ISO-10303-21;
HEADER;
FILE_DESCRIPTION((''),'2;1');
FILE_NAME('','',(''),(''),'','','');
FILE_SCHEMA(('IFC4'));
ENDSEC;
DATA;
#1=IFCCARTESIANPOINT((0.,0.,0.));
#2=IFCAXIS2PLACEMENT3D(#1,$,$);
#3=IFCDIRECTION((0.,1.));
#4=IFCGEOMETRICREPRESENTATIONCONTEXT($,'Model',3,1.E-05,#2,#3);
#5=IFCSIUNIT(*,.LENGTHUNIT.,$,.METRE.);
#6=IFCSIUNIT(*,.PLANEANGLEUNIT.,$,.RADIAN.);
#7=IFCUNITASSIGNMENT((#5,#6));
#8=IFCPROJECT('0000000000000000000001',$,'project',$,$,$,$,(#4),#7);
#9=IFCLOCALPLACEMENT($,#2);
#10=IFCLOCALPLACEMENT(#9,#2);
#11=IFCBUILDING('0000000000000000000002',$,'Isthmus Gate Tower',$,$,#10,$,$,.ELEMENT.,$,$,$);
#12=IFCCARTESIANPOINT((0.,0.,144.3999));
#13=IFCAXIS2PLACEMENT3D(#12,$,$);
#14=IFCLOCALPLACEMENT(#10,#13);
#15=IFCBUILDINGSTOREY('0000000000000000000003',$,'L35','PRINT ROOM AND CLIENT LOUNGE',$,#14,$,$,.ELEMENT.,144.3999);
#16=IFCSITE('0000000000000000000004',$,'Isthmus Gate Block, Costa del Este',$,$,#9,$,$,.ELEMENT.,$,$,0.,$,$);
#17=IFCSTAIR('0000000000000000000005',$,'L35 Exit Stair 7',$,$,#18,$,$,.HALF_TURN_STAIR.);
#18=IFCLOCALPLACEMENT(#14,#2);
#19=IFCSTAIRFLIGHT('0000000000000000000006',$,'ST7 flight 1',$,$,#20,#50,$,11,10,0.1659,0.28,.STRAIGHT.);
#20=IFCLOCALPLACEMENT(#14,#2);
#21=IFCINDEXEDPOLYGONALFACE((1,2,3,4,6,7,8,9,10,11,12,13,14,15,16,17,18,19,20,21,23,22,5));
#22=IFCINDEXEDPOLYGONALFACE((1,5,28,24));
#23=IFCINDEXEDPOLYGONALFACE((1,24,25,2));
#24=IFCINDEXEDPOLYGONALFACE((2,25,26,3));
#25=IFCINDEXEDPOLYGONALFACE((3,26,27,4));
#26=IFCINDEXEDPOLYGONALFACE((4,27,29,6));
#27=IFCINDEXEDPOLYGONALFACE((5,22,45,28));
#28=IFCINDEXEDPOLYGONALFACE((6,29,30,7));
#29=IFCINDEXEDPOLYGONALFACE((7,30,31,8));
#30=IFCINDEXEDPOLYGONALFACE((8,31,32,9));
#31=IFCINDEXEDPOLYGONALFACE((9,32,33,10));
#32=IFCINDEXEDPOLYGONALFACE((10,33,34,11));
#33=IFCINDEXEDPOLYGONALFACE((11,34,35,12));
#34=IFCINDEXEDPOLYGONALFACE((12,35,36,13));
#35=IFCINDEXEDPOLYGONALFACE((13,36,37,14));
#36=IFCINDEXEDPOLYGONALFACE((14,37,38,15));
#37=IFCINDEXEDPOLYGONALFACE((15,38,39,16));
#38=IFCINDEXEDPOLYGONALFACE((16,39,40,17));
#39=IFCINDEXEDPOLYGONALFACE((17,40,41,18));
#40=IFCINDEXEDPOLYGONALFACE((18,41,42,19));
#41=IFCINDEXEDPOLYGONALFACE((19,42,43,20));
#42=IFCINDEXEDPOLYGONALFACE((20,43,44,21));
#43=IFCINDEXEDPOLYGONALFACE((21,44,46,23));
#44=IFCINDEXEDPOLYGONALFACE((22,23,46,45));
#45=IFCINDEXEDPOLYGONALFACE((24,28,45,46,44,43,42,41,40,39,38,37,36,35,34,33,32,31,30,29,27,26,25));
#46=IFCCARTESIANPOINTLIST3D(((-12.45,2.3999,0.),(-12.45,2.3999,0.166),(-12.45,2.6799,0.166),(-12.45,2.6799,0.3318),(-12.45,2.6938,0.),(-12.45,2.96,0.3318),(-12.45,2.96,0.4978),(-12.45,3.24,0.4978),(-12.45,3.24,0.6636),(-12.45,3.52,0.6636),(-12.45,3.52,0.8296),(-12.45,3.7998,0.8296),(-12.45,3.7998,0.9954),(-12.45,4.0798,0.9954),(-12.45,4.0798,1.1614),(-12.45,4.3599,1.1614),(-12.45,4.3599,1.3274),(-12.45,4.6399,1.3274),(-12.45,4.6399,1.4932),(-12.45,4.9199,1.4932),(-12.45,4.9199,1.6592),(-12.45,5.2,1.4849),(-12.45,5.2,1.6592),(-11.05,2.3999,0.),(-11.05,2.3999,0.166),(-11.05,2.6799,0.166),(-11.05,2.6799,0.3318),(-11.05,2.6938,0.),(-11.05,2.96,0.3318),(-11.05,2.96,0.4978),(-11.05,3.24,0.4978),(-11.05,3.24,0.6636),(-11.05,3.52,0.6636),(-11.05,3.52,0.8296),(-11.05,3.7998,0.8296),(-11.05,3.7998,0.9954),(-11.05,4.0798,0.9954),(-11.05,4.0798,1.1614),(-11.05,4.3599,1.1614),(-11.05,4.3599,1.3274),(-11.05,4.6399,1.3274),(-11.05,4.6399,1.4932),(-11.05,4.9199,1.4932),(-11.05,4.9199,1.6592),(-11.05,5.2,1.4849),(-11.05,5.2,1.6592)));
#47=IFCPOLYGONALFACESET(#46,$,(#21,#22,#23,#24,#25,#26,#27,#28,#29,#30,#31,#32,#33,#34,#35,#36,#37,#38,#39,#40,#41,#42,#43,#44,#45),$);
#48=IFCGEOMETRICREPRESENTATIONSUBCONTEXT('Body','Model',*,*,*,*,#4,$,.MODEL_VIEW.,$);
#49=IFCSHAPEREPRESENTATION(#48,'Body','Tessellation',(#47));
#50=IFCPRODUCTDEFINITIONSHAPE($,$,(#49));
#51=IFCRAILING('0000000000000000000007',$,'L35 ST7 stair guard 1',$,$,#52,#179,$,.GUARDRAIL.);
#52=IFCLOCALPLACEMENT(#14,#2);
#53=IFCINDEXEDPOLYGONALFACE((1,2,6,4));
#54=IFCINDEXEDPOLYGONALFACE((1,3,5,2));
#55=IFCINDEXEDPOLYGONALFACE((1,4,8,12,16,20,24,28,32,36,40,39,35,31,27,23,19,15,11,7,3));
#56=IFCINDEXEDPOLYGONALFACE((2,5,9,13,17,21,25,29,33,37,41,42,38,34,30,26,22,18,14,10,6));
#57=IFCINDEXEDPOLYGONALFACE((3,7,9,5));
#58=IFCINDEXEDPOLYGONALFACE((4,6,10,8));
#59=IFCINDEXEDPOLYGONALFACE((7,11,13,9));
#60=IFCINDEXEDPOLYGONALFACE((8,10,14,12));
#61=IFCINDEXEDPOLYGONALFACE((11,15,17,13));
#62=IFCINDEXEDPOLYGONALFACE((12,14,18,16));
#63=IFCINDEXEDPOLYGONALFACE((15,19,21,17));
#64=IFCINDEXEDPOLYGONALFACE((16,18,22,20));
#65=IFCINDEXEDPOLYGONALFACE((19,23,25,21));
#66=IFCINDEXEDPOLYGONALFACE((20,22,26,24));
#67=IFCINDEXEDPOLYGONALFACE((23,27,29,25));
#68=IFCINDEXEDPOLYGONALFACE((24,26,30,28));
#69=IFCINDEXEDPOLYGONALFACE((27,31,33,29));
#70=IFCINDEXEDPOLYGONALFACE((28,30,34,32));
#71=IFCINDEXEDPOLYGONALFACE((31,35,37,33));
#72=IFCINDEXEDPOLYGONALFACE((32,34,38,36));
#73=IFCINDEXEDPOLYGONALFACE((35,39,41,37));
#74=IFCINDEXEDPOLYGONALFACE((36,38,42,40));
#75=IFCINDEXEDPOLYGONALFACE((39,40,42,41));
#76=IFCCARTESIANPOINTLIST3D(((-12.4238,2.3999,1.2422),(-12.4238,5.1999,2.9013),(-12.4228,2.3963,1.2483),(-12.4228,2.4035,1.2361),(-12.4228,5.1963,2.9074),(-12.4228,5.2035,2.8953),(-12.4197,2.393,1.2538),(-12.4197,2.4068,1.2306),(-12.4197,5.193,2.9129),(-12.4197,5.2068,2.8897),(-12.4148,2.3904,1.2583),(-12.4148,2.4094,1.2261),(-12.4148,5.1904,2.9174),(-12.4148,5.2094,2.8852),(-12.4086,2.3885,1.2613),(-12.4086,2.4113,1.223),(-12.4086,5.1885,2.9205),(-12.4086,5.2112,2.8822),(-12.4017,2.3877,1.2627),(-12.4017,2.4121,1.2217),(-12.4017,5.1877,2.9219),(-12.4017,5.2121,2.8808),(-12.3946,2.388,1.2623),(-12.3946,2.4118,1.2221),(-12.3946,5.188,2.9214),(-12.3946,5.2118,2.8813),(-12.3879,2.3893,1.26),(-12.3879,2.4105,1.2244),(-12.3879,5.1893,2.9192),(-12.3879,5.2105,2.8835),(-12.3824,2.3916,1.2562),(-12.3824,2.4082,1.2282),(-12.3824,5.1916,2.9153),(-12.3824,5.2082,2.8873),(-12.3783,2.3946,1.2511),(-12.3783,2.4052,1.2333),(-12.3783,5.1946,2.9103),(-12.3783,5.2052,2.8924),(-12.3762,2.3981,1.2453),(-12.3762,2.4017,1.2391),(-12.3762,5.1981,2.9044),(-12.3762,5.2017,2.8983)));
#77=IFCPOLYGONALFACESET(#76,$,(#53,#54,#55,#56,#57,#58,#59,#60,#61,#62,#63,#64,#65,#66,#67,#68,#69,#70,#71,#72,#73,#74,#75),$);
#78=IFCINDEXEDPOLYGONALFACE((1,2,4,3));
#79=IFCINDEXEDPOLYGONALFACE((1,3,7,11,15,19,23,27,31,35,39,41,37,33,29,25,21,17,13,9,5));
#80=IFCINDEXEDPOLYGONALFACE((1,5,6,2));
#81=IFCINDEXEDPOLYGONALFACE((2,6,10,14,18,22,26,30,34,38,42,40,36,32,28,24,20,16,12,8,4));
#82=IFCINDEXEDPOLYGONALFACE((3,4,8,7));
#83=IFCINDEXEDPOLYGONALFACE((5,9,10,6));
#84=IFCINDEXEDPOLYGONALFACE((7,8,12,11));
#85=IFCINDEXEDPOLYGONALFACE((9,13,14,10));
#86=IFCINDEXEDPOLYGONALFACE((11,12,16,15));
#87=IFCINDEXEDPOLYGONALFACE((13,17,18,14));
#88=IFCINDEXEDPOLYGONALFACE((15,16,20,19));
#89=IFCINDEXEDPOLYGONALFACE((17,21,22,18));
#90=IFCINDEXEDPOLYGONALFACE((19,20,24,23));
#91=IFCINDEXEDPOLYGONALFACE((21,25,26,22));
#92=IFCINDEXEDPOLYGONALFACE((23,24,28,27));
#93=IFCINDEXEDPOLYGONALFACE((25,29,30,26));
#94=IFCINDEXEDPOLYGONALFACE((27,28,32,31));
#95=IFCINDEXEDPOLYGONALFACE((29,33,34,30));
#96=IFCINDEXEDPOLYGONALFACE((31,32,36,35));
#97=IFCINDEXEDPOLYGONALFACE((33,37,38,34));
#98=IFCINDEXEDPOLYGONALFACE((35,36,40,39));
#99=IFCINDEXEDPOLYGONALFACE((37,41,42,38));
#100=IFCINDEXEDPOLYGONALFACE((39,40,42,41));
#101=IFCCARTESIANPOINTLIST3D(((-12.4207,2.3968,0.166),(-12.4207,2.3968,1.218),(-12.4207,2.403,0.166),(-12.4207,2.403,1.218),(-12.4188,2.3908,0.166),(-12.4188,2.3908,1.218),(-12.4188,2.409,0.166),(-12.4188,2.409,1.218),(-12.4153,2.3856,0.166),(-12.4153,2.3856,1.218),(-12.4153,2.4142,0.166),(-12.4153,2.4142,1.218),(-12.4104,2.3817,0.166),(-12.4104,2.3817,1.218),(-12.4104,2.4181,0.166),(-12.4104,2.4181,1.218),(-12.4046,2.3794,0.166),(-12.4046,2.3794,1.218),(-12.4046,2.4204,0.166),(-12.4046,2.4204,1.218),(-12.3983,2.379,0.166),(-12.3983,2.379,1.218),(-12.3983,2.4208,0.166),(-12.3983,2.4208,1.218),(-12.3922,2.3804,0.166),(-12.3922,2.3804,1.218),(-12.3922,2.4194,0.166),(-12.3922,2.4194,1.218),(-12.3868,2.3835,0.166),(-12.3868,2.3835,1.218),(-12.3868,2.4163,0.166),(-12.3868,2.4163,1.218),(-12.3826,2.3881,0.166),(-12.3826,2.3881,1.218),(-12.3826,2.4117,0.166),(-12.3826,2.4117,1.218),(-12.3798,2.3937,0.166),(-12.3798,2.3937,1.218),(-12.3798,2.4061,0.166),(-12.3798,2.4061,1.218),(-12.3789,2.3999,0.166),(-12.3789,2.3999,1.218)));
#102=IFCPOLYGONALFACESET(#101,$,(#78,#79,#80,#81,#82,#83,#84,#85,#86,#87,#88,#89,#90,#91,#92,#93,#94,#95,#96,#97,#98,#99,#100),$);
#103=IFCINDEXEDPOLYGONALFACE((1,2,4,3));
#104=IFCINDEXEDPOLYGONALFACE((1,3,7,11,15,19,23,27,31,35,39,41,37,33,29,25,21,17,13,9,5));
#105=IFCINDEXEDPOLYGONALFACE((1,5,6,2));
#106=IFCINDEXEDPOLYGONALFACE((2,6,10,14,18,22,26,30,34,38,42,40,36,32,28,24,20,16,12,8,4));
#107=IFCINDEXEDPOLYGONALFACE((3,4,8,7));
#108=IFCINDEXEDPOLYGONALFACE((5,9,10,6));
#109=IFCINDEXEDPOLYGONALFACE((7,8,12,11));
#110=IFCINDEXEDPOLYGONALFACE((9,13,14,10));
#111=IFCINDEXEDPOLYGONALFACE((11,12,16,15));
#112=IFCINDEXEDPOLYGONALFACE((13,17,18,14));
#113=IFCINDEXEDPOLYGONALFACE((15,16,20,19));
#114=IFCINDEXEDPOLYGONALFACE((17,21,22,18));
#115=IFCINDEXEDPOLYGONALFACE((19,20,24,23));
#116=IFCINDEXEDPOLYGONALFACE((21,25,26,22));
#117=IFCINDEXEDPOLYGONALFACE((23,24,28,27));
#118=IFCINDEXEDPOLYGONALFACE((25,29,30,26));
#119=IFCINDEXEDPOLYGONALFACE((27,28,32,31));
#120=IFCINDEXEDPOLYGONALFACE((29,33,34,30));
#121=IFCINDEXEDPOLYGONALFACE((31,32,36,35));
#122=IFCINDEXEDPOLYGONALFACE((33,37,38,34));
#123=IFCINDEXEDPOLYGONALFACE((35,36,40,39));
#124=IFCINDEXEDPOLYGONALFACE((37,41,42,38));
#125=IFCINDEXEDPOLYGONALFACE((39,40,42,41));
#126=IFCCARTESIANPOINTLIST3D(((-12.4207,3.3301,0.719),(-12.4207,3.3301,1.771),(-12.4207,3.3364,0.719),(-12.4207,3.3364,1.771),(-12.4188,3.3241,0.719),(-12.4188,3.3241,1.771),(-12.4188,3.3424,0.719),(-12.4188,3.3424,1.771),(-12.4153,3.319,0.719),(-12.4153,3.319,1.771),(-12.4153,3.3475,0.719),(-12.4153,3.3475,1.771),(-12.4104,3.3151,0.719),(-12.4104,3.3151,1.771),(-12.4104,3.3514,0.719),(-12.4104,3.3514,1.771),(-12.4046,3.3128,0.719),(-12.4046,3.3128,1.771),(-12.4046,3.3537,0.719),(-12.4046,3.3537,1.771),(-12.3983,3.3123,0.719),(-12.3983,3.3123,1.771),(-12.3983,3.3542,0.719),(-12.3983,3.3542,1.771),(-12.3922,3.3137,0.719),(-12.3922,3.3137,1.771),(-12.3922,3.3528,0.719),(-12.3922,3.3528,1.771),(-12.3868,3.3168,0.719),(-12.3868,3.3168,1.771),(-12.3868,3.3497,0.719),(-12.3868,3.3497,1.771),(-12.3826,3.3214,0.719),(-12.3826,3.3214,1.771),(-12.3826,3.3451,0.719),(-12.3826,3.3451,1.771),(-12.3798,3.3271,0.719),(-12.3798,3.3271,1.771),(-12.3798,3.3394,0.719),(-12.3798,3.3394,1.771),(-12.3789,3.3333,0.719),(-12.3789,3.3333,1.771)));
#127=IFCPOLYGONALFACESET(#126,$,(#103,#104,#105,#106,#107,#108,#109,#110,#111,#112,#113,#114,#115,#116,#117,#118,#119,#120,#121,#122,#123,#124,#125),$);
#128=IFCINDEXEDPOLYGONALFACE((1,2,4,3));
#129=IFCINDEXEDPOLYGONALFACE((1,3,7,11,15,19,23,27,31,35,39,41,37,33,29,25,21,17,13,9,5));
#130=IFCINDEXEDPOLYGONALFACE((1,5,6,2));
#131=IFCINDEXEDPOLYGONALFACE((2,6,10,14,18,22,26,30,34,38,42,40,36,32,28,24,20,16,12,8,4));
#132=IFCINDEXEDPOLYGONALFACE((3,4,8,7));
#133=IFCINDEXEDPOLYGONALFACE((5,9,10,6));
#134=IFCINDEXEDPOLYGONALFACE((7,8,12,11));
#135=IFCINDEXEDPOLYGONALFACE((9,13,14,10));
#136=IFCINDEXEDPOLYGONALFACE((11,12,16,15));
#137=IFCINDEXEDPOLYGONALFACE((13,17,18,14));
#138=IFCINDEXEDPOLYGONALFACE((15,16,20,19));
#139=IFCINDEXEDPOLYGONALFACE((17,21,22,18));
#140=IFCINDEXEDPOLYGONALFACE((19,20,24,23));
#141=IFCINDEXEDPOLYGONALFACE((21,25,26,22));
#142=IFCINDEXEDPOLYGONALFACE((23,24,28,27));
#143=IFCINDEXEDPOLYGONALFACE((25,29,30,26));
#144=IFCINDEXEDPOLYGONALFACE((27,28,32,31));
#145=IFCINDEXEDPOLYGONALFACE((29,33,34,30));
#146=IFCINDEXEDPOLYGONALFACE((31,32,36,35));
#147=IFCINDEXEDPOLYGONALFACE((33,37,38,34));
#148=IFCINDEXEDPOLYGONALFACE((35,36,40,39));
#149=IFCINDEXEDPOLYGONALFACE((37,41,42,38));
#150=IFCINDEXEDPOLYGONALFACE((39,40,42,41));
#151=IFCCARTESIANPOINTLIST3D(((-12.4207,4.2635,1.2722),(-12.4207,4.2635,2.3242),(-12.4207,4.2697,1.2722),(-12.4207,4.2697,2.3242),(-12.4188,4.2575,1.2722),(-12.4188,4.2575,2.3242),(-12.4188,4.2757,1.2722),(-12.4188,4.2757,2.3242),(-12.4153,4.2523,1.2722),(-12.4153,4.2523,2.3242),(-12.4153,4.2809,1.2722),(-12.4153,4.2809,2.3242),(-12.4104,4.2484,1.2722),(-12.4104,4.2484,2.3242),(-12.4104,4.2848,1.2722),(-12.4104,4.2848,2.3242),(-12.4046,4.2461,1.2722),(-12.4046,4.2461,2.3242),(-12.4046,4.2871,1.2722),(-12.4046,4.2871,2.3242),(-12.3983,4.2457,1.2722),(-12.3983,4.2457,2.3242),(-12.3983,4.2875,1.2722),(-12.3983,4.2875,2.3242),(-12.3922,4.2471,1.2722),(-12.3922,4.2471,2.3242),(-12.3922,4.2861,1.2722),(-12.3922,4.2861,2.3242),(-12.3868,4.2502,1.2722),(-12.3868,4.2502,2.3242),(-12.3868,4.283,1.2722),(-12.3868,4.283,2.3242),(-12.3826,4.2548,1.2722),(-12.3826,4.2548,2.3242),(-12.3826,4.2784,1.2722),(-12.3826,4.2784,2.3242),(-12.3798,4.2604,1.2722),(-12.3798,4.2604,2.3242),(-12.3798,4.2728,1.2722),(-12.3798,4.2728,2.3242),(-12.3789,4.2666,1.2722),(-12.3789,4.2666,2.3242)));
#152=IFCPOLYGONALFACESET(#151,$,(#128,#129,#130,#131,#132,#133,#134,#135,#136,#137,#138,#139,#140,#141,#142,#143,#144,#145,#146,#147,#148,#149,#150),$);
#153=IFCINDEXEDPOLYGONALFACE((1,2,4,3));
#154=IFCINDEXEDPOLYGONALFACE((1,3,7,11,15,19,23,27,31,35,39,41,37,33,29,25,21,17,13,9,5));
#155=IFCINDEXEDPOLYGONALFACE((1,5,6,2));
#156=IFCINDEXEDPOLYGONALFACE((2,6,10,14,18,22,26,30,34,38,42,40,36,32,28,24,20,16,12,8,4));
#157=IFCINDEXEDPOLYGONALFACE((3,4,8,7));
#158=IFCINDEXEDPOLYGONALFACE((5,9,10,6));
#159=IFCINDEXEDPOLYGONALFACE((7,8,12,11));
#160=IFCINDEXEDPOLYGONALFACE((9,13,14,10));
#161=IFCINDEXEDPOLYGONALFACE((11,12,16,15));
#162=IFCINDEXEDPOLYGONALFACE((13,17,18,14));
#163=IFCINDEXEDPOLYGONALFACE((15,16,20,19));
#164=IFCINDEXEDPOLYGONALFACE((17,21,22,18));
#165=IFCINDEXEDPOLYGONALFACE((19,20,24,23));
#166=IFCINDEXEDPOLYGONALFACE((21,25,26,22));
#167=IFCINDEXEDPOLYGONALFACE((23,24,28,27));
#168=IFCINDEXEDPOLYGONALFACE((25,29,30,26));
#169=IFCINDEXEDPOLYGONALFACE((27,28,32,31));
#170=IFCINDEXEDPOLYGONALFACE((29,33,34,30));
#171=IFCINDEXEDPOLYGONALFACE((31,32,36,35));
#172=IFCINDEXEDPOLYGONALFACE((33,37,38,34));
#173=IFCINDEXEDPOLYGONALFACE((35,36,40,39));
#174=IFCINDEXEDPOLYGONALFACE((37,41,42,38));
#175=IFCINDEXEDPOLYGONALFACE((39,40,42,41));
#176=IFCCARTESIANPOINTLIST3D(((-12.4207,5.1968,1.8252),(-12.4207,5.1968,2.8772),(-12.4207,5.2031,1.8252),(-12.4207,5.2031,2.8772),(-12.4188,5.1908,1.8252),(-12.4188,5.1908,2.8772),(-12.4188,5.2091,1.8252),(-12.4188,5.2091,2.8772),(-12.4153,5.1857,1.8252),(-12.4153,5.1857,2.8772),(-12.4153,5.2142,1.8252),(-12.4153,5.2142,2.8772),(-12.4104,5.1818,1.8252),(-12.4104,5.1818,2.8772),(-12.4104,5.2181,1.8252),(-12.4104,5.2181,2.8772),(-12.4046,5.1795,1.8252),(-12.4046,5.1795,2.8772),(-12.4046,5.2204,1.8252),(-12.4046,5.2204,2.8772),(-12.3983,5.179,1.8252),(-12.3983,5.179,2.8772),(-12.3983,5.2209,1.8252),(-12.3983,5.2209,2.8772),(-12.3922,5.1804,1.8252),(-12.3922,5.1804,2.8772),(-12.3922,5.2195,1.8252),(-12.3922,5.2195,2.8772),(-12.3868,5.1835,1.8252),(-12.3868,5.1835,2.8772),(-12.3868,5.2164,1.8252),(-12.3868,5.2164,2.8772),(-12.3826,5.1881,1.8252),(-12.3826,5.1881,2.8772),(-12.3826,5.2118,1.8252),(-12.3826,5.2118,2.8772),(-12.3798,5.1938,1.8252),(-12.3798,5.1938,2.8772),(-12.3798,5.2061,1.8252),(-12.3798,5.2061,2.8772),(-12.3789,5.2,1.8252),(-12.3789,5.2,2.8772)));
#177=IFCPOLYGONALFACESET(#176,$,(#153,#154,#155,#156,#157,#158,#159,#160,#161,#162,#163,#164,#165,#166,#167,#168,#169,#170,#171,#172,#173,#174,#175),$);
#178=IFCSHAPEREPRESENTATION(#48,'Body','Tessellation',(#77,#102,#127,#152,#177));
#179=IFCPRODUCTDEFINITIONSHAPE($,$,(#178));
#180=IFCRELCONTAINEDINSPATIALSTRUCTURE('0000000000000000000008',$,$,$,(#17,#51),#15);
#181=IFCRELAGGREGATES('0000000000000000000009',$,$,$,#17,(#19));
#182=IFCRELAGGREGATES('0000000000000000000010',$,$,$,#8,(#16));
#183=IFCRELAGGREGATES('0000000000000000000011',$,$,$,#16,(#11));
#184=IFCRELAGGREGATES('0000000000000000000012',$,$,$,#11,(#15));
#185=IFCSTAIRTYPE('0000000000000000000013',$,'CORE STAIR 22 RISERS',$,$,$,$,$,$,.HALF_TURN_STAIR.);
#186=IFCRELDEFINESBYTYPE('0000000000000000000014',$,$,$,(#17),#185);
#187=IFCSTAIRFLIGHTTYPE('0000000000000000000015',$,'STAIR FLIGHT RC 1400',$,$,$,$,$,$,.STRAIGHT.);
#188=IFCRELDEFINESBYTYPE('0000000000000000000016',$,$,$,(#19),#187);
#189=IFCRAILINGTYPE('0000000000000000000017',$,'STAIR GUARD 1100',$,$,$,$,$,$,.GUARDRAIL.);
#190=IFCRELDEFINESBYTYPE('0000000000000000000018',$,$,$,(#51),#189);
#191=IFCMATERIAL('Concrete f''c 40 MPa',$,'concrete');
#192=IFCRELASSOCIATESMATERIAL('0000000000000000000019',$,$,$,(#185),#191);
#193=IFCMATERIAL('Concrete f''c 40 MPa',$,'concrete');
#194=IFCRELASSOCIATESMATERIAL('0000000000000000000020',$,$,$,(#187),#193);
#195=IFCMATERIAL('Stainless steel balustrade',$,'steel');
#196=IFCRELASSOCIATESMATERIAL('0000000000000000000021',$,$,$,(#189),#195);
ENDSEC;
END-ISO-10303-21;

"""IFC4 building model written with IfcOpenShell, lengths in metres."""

from ifc_helpers import new_model, si_unit, direction, frame, origin, origin_2d, place, context, subcontext, project, spatial, polyline, circle, outline, extrude, material, type_object, element, aggregate, save


model = new_model("IFC4")

# Units and contexts
model_context = context("Model", 3, precision=1e-05, world=origin(), true_north=direction((0.0, 1.0)))
body_context = subcontext(model_context, "Body", "Model", "MODEL_VIEW")
ifc_project = project(units=[si_unit("LENGTHUNIT", "METRE"), si_unit("PLANEANGLEUNIT", "RADIAN")], contexts=[model_context])

# Site, building, storey
site_placement = place(None, origin())
site = spatial("IfcSite", under=ifc_project, at=site_placement, Name="Isthmus Gate Block, Costa del Este", CompositionType="ELEMENT", RefElevation=0.0)
building_placement = place(site_placement, origin())
building = spatial("IfcBuilding", under=site, at=building_placement, Name="Isthmus Gate Tower", CompositionType="ELEMENT")
storey_placement = place(building_placement, frame((0.0, 0.0, 144.3999)))
storey = spatial("IfcBuildingStorey", under=building, at=storey_placement, Name="L35", Description="PRINT ROOM AND CLIENT LOUNGE", CompositionType="ELEMENT", Elevation=144.3999)

# Stair, stair flight
ifc_material_1 = material(Name="Concrete f'c 40 MPa", Category="concrete")
stair_type = type_object("IfcStairType", Name="CORE STAIR 22 RISERS", PredefinedType="HALF_TURN_STAIR", material=ifc_material_1)
stair_placement = place(storey_placement, origin())
stair = element("IfcStair", 1, at=stair_placement, inside=storey, type_object=stair_type, Name="L35 Exit Stair 7", PredefinedType="HALF_TURN_STAIR")
ifc_material_2 = material(Name="Concrete f'c 40 MPa", Category="concrete")
stair_flight_type = type_object("IfcStairFlightType", Name="STAIR FLIGHT RC 1400", PredefinedType="STRAIGHT", material=ifc_material_2)
stair_flight_placement = place(storey_placement, frame((-11.75, 2.3999, 0.0), z_axis=(0.0, 0.0, 1.0), x_axis=(0.0, 1.0, 0.0)))
stair_flight = element("IfcStairFlight", 2, at=stair_flight_placement, type_object=stair_flight_type, Name="ST7 flight 1", NumberOfRisers=11, NumberOfTreads=10, PredefinedType="STRAIGHT", RiserHeight=0.1659, TreadLength=0.28, context=body_context, shape_type="SweptSolid", body=[
    extrude(outline(polyline([(0.0, 0.0), (0.0, 0.166), (0.28, 0.166), (0.28, 0.3318), (0.5601, 0.3318), (0.5601, 0.4978), (0.8401, 0.4978), (0.8401, 0.6636), (1.1201, 0.6636), (1.1201, 0.8296), (1.3999, 0.8296), (1.3999, 0.9954), (1.6799, 0.9954), (1.6799, 1.1614), (1.96, 1.1614), (1.96, 1.3274), (2.24, 1.3274), (2.24, 1.4932), (2.52, 1.4932), (2.52, 1.6592), (2.8, 1.6592), (2.8, 1.825), (2.8, 1.4849), (0.2939, 0.0), (0.0, 0.0)])), frame((0.0, 0.7, 0.0), z_axis=(0.0, -1.0, 0.0), x_axis=(1.0, 0.0, 0.0)), (0.0, 0.0, 1.0), 1.3999),
])
aggregate(stair, [stair_flight])

# Railing
ifc_material_3 = material(Name="Stainless steel balustrade", Category="steel")
railing_type_1 = type_object("IfcRailingType", Name="STAIR GUARD 1100", PredefinedType="GUARDRAIL", material=ifc_material_3)
railing_1_placement = place(storey_placement, frame((-12.3999, 2.3999, 0.166)))
element("IfcRailing", 3, at=railing_1_placement, inside=storey, type_object=railing_type_1, Name="L35 ST7 stair guard 1", PredefinedType="GUARDRAIL", context=body_context, shape_type="SweptSolid", body=[
    extrude(circle(Radius=0.0239, at=origin_2d()), frame((0.0, 0.0, 1.0762), z_axis=(0.0, 0.860306, 0.509778), x_axis=(-1.0, 0.0, 0.0)), (0.0, 0.0, 1.0), 3.2546),
    extrude(circle(Radius=0.021, at=origin_2d()), origin(), (0.0, 0.0, 1.0), 1.052),
    extrude(circle(Radius=0.021, at=origin_2d()), frame((0.0, 0.9333, 0.553)), (0.0, 0.0, 1.0), 1.052),
    extrude(circle(Radius=0.021, at=origin_2d()), frame((0.0, 1.8667, 1.1062)), (0.0, 0.0, 1.0), 1.052),
    extrude(circle(Radius=0.021, at=origin_2d()), frame((0.0, 2.8, 1.6592)), (0.0, 0.0, 1.0), 1.052),
])

save(model, "model.ifc")
